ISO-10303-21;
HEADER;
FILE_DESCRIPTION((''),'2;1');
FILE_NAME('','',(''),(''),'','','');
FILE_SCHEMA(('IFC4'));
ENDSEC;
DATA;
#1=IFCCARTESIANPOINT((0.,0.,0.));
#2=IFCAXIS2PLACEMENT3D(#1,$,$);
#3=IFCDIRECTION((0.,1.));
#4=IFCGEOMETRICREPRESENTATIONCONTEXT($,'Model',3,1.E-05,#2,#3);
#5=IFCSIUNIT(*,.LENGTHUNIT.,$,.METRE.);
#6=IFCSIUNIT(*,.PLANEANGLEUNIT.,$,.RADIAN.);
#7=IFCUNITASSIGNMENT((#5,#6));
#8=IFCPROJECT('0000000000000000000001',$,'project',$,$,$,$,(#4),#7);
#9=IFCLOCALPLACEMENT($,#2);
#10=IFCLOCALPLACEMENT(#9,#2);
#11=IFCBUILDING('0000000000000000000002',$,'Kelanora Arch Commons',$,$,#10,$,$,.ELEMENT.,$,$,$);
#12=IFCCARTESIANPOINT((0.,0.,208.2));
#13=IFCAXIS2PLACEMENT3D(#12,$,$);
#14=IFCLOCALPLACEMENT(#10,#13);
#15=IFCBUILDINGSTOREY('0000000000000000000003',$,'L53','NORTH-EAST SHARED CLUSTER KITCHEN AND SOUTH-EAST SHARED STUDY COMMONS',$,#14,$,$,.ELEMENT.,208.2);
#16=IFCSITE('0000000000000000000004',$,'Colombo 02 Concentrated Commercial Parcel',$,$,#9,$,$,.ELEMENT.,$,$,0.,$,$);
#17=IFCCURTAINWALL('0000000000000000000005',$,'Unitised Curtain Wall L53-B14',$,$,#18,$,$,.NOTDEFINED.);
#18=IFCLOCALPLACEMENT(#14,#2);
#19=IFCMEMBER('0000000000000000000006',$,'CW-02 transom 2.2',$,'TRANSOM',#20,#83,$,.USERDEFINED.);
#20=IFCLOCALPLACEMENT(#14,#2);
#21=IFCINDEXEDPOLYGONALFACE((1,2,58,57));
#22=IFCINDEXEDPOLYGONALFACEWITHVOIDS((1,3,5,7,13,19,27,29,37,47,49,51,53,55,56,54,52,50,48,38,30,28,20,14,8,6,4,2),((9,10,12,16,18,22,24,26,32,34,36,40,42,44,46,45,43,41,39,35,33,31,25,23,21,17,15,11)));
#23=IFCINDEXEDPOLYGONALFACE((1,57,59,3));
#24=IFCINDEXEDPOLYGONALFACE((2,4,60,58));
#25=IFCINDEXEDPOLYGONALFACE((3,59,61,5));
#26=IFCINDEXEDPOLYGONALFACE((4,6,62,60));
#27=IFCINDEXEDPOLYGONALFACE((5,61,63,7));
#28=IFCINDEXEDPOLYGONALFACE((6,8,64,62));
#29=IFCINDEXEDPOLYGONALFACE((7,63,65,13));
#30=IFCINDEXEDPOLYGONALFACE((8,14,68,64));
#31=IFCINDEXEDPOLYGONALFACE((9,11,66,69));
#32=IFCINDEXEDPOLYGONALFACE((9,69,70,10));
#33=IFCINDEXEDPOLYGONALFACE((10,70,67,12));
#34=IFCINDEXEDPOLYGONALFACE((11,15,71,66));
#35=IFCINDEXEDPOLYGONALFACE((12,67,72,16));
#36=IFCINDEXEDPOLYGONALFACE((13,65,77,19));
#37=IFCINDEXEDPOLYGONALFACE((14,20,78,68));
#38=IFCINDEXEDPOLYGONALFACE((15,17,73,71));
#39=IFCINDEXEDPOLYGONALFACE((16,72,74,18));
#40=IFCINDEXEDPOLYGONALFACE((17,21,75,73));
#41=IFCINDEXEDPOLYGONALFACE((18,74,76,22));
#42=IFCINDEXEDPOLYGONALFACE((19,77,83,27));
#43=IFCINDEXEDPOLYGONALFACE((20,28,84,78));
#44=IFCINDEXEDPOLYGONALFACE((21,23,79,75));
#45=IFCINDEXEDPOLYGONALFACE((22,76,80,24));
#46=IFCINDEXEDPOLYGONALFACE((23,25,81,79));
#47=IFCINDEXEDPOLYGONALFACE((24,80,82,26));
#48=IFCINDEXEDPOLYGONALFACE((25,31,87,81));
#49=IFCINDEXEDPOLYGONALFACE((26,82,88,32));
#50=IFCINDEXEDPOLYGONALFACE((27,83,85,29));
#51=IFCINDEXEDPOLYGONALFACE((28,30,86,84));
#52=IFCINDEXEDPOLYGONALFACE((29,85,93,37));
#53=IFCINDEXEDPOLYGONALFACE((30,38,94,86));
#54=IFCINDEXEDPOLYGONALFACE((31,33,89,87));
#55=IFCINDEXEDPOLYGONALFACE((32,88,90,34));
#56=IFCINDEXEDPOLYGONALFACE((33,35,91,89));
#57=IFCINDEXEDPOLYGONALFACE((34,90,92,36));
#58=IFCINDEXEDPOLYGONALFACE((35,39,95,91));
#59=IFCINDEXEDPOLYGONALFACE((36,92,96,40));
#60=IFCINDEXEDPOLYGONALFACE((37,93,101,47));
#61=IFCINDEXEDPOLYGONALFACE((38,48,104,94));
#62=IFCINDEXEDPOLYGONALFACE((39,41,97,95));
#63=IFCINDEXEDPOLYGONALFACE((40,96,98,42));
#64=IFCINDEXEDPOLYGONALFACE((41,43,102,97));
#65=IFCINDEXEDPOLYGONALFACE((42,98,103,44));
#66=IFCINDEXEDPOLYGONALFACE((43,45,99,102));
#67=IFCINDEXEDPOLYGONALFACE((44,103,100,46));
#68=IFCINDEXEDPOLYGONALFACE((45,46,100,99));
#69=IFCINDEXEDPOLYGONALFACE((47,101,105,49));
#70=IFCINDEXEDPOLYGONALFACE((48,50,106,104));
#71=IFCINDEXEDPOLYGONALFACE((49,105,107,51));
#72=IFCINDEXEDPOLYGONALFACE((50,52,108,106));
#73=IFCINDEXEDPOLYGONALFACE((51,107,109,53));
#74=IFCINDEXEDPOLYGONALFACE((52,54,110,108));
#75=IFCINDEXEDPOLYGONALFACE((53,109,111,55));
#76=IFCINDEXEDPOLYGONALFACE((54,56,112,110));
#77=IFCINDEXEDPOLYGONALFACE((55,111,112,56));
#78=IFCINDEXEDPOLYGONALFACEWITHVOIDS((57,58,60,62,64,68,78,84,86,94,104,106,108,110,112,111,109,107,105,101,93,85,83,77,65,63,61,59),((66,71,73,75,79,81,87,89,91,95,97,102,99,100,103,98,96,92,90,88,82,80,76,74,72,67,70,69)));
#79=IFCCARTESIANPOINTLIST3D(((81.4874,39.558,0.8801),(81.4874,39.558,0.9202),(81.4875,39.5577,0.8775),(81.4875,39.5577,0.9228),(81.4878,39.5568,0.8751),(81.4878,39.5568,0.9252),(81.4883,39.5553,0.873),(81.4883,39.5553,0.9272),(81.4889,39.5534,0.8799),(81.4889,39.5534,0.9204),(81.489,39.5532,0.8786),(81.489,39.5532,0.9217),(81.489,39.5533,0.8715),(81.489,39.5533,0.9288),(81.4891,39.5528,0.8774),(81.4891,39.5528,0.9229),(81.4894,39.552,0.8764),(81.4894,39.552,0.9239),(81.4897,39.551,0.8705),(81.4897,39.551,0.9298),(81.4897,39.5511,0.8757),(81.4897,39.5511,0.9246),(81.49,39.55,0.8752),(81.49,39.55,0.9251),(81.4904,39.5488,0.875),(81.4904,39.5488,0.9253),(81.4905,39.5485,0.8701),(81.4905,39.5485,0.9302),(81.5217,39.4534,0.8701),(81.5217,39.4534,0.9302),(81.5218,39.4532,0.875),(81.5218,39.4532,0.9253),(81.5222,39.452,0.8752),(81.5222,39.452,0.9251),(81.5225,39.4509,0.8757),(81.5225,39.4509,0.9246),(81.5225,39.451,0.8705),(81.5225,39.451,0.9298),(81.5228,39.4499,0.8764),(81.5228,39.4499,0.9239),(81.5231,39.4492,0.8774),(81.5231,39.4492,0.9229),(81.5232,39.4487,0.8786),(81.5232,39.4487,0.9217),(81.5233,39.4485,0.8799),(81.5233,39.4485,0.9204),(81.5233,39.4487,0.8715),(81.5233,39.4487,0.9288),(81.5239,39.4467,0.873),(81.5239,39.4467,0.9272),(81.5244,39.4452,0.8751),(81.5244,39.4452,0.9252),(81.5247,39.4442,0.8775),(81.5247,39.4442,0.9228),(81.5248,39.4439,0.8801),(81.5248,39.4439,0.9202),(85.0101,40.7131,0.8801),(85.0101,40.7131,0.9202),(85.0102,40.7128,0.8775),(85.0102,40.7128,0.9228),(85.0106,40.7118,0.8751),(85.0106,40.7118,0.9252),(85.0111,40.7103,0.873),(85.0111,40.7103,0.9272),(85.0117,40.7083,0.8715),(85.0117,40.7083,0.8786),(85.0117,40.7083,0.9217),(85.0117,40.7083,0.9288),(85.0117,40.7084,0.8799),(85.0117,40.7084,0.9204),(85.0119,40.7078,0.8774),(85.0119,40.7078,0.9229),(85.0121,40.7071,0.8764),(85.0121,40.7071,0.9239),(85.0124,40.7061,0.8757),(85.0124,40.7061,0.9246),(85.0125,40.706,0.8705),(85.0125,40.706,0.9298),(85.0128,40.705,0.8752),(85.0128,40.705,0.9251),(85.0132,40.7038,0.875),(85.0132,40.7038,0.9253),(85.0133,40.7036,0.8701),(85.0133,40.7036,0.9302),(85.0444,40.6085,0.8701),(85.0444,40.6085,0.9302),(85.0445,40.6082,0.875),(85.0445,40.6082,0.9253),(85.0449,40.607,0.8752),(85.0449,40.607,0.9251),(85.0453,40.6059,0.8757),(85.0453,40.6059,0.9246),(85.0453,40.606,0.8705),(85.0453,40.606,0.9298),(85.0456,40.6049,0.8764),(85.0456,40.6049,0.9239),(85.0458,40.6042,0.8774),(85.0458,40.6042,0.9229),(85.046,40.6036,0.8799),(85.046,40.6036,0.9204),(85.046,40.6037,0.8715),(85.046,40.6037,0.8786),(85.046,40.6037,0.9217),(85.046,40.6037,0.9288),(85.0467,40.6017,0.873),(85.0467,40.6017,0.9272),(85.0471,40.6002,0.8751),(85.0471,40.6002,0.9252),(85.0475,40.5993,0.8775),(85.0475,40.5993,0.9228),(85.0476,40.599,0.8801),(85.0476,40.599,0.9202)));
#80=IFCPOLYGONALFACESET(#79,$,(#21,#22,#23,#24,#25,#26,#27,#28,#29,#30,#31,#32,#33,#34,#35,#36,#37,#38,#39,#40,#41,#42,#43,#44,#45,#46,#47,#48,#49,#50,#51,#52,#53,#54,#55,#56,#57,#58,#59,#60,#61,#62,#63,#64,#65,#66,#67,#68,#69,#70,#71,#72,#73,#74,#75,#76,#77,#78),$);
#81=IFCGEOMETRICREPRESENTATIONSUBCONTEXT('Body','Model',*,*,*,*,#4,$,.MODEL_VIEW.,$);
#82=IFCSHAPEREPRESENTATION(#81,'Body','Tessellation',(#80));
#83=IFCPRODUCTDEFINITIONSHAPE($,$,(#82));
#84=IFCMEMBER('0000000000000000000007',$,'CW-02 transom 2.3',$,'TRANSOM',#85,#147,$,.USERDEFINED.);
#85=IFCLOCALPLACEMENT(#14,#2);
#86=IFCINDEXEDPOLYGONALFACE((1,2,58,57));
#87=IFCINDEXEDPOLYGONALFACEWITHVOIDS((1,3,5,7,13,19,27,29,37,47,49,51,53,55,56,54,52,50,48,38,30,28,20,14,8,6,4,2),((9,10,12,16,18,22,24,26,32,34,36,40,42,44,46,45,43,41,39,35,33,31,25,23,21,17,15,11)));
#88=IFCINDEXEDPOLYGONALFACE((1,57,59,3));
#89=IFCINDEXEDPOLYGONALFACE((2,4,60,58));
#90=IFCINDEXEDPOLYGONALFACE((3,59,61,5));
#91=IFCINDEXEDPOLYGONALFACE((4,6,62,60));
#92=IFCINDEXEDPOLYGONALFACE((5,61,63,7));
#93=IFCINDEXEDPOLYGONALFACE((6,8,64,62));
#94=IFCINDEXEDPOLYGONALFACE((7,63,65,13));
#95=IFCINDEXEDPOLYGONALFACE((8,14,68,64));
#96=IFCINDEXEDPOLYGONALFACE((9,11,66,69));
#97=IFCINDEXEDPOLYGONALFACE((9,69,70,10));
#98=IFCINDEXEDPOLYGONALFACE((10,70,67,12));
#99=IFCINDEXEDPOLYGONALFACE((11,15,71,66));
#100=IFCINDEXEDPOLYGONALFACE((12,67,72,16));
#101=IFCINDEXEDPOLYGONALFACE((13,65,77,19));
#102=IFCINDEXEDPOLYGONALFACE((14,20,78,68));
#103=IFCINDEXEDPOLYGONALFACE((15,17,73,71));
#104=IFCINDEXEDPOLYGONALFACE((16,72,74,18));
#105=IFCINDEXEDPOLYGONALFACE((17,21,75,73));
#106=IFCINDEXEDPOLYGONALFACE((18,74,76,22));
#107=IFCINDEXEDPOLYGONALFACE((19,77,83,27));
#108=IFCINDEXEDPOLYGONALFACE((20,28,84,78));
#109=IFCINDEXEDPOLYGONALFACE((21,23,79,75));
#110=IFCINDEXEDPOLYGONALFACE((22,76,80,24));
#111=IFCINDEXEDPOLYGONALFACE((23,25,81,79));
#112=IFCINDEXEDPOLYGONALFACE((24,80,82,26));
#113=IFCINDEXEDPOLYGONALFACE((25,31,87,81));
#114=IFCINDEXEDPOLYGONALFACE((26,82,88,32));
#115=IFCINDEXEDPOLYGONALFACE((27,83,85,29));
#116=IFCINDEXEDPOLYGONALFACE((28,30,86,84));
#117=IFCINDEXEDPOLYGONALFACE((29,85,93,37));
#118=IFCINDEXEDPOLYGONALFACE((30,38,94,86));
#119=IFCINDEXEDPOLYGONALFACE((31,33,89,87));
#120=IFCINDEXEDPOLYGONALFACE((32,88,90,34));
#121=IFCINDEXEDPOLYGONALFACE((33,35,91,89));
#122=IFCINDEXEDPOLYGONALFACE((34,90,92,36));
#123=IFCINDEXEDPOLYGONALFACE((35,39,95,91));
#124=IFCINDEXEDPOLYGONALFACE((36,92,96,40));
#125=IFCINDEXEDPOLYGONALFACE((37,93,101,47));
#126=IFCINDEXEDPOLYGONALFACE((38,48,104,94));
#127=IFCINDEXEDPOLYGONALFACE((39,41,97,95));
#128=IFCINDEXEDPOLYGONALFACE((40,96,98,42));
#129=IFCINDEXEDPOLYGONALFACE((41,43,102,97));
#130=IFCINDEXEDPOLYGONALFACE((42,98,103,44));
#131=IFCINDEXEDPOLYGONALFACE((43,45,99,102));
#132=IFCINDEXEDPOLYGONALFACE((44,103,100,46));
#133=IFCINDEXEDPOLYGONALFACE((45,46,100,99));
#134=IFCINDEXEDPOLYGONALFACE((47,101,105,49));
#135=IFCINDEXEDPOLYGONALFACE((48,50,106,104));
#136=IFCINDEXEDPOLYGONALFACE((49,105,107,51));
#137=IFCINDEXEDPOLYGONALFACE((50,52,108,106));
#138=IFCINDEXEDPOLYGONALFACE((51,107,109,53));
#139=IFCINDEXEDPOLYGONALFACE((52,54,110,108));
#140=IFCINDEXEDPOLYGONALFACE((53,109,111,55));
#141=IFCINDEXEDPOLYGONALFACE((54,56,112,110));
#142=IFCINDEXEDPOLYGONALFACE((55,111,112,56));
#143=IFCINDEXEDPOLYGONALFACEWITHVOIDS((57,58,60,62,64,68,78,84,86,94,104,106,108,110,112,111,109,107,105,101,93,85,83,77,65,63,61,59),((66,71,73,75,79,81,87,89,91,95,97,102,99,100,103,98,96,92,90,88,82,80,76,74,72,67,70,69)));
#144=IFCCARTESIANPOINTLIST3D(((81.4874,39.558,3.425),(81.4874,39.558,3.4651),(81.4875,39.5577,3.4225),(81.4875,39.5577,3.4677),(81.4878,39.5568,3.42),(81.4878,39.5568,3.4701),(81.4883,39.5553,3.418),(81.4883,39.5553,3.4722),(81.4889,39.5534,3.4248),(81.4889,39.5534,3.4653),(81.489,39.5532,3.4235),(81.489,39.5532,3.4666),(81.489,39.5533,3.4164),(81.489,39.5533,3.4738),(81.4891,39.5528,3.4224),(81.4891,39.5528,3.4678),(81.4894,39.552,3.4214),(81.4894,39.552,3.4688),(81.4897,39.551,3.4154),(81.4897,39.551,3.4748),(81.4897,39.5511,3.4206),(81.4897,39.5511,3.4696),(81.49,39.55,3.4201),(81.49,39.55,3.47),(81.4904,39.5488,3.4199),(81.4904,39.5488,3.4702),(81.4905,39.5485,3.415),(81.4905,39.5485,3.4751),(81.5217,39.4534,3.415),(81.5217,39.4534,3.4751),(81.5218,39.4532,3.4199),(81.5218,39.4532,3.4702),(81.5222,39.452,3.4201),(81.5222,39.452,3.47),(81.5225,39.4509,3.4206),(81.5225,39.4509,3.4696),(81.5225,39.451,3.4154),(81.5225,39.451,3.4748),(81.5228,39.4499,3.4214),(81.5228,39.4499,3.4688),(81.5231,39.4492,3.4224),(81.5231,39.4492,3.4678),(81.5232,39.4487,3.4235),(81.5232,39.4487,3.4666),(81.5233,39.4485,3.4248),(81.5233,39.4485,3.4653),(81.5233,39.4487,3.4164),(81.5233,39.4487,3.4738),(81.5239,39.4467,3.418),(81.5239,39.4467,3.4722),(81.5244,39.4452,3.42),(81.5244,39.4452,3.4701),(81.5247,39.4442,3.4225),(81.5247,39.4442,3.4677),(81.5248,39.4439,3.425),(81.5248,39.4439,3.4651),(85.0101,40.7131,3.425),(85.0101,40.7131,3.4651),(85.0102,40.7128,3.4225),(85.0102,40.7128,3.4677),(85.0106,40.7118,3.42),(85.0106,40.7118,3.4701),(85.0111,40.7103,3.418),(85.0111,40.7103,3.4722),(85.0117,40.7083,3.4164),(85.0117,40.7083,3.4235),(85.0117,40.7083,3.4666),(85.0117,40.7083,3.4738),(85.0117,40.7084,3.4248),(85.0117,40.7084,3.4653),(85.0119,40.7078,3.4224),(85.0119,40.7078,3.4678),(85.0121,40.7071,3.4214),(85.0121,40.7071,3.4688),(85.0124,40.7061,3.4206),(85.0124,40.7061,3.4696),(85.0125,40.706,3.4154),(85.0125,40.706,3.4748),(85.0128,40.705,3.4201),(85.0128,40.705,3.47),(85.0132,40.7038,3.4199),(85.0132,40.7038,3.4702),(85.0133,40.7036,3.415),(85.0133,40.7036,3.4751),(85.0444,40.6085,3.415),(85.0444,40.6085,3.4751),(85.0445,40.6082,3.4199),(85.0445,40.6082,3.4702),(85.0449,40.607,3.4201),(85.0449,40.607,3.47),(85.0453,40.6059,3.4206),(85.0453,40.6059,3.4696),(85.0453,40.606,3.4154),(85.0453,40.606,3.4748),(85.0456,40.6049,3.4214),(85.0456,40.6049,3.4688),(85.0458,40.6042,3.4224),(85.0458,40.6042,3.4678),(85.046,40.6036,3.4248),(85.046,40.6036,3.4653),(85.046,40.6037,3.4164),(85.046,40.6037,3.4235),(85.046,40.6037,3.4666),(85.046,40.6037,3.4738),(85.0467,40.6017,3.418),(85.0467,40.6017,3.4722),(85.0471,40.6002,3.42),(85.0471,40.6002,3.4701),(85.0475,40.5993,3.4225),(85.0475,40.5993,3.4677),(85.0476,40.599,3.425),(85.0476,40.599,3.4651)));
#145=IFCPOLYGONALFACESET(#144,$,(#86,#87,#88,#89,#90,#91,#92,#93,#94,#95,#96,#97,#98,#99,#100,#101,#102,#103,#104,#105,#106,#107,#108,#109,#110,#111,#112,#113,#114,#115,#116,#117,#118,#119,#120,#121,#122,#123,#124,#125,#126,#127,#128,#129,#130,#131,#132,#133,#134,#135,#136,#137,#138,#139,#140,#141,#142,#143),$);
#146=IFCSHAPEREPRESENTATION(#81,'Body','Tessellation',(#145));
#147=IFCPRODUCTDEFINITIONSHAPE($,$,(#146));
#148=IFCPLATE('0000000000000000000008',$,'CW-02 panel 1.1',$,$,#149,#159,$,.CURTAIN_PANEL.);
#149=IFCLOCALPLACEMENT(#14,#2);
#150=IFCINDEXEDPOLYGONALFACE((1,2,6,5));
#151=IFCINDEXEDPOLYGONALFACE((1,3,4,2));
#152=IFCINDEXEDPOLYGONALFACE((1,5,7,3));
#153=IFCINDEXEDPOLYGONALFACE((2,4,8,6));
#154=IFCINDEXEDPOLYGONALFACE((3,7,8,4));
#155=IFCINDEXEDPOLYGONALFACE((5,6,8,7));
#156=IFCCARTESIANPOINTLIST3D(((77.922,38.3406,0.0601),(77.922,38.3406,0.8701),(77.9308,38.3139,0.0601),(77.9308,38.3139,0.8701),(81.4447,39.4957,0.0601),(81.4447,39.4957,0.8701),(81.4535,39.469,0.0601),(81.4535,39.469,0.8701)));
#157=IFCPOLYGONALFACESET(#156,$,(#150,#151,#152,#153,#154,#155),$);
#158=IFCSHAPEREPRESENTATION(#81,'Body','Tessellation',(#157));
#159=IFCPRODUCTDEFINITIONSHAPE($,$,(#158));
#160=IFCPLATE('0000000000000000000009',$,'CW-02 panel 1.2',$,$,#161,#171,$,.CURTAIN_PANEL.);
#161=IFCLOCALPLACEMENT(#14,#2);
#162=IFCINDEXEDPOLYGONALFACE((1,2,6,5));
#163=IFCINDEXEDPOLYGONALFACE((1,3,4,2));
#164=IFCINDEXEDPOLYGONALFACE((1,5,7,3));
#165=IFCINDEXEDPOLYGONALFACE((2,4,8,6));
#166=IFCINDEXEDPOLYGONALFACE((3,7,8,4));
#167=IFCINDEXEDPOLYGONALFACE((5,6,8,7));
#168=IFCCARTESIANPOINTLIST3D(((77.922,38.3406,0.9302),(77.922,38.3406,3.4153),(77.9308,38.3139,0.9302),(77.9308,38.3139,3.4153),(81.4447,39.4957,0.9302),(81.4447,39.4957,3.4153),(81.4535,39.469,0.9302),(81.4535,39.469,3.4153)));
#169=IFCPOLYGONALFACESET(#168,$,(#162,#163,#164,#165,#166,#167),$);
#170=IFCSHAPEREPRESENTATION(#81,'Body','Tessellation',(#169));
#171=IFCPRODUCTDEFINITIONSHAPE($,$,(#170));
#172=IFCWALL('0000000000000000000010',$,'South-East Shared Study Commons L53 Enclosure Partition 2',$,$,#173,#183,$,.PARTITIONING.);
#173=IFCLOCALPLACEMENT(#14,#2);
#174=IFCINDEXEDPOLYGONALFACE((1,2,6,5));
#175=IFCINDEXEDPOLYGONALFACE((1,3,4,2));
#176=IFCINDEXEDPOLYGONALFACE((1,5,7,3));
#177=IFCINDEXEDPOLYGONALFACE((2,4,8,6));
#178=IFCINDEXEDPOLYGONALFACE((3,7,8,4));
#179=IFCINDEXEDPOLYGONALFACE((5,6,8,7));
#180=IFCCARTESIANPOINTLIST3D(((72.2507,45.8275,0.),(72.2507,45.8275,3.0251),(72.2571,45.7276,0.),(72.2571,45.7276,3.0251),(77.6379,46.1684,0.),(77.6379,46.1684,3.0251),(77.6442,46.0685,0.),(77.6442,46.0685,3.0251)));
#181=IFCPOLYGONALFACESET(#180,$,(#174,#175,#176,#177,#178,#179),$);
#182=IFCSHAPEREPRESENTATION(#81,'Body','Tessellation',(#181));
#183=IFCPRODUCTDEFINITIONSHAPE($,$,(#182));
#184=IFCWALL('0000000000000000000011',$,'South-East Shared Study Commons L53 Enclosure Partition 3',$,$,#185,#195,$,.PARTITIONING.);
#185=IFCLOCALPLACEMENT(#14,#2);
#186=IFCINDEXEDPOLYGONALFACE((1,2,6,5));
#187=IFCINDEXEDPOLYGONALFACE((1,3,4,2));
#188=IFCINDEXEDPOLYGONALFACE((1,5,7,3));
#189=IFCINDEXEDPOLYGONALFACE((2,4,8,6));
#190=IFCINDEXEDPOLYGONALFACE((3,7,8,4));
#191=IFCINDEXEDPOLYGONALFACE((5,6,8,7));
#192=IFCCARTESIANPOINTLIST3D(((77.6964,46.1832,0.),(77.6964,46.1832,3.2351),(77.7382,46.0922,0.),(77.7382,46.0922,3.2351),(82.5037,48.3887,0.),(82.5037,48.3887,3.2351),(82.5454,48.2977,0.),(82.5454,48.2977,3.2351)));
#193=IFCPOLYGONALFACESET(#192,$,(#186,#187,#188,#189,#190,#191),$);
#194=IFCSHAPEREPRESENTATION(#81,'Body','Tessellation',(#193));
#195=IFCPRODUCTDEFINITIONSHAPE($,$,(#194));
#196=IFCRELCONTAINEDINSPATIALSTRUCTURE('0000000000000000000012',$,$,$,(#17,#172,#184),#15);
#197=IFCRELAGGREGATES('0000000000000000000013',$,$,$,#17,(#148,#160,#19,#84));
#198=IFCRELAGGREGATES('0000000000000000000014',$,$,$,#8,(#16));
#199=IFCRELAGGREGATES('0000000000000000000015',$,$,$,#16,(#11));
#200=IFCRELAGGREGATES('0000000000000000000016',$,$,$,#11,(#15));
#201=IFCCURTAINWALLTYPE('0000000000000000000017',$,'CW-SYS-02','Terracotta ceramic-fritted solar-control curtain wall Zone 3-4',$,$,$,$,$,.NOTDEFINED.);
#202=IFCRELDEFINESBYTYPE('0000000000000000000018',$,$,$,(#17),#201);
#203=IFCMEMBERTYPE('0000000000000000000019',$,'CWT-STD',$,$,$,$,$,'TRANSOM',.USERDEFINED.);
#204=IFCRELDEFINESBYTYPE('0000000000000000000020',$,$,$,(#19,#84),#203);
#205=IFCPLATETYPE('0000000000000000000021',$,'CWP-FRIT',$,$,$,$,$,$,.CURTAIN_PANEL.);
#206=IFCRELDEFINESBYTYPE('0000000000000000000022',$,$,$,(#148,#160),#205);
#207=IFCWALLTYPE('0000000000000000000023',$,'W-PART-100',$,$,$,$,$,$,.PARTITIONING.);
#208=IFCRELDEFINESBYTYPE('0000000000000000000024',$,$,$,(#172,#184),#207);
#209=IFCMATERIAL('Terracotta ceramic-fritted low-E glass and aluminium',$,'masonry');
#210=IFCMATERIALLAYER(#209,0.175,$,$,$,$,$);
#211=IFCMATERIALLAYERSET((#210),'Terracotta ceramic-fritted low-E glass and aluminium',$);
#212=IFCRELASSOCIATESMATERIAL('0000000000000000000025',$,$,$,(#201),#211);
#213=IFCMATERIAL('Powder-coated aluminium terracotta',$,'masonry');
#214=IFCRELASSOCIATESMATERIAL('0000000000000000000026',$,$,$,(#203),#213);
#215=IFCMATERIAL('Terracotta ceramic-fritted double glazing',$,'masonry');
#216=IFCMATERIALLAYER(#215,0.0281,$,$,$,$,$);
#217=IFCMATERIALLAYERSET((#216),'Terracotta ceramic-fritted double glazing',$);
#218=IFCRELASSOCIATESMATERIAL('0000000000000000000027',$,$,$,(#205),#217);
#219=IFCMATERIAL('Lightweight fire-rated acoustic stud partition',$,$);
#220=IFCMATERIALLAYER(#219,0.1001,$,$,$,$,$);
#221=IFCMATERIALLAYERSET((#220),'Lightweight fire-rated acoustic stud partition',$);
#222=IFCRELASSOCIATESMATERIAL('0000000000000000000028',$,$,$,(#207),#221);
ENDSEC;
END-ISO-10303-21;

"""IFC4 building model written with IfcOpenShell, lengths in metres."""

from ifc_helpers import new_model, si_unit, direction, frame, frame_2d, origin, origin_2d, place, context, subcontext, project, spatial, rectangle, hollow_rectangle, extrude, source, transform, mapped, material, layer, layer_set, material_profile, profile_set, type_object, element, aggregate, save


model = new_model("IFC4")

# Units and contexts
model_context = context("Model", 3, precision=1e-05, world=origin(), true_north=direction((0.0, 1.0)))
body_context = subcontext(model_context, "Body", "Model", "MODEL_VIEW")
ifc_project = project(units=[si_unit("LENGTHUNIT", "METRE"), si_unit("PLANEANGLEUNIT", "RADIAN")], contexts=[model_context])

# Site, building, storey
site_placement = place(None, origin())
site = spatial("IfcSite", under=ifc_project, at=site_placement, Name="Colombo 02 Concentrated Commercial Parcel", CompositionType="ELEMENT", RefElevation=0.0)
building_placement = place(site_placement, origin())
building = spatial("IfcBuilding", under=site, at=building_placement, Name="Kelanora Arch Commons", CompositionType="ELEMENT")
storey_placement = place(building_placement, frame((0.0, 0.0, 208.2)))
storey = spatial("IfcBuildingStorey", under=building, at=storey_placement, Name="L53", Description="NORTH-EAST SHARED CLUSTER KITCHEN AND SOUTH-EAST SHARED STUDY COMMONS", CompositionType="ELEMENT", Elevation=208.2)

# Curtain wall, members, plates
ifc_material_1 = material(Name="Terracotta ceramic-fritted low-E glass and aluminium", Category="masonry")
ifc_layer_1 = layer(ifc_material_1, 0.175)
ifc_layer_set_1 = layer_set([ifc_layer_1], Name="Terracotta ceramic-fritted low-E glass and aluminium")
curtain_wall_type = type_object("IfcCurtainWallType", Name="CW-SYS-02", Description="Terracotta ceramic-fritted solar-control curtain wall Zone 3-4", PredefinedType="NOTDEFINED", material=ifc_layer_set_1)
curtain_wall_placement = place(storey_placement, origin())
curtain_wall = element("IfcCurtainWall", 1, at=curtain_wall_placement, inside=storey, type_object=curtain_wall_type, Name="Unitised Curtain Wall L53-B14", PredefinedType="NOTDEFINED")
ifc_material_2 = material(Name="Powder-coated aluminium terracotta", Category="masonry")
ifc_material_profile_1 = material_profile(ifc_material_2, hollow_rectangle(XDim=0.1201, YDim=0.0601, WallThickness=0.0049, InnerFilletRadius=0.0049, OuterFilletRadius=0.01, at=origin_2d()), Name="CWT120x60")
ifc_profile_set_1 = profile_set([ifc_material_profile_1], Name="Powder-coated aluminium terracotta")
member_type_1 = type_object("IfcMemberType", Name="CWT-STD", ElementType="TRANSOM", PredefinedType="USERDEFINED", material=ifc_profile_set_1)
member_1_placement = place(storey_placement, frame((81.5061, 39.501, 0.9001), z_axis=(0.950226, 0.311561, 0.0), x_axis=(-0.311561, 0.950226, 0.0)))
member_1 = element("IfcMember", 2, at=member_1_placement, type_object=member_type_1, Name="CW-02 transom 2.2", ObjectType="TRANSOM", PredefinedType="USERDEFINED", context=body_context, shape_type="SweptSolid", body=[
    extrude(hollow_rectangle(XDim=0.1201, YDim=0.0601, WallThickness=0.0049, InnerFilletRadius=0.0049, OuterFilletRadius=0.01, at=origin_2d()), origin(), (0.0, 0.0, 1.0), 3.7073),
])
member_2_placement = place(storey_placement, frame((81.5061, 39.501, 3.4451), z_axis=(0.950226, 0.311561, 0.0), x_axis=(-0.311561, 0.950226, 0.0)))
member_2 = element("IfcMember", 3, at=member_2_placement, type_object=member_type_1, Name="CW-02 transom 2.3", ObjectType="TRANSOM", PredefinedType="USERDEFINED", context=body_context, shape_type="SweptSolid", body=[
    extrude(hollow_rectangle(XDim=0.1201, YDim=0.0601, WallThickness=0.0049, InnerFilletRadius=0.0049, OuterFilletRadius=0.01, at=origin_2d()), origin(), (0.0, 0.0, 1.0), 3.7073),
])
ifc_material_3 = material(Name="Terracotta ceramic-fritted double glazing", Category="masonry")
ifc_layer_2 = layer(ifc_material_3, 0.0281)
ifc_layer_set_2 = layer_set([ifc_layer_2], Name="Terracotta ceramic-fritted double glazing")
plate_type = type_object("IfcPlateType", Name="CWP-FRIT", PredefinedType="CURTAIN_PANEL", material=ifc_layer_set_2)
shared_shape_1 = source(origin(), body_context, "Body", "SweptSolid", [
    extrude(rectangle(XDim=3.7073, YDim=0.0281, at=origin_2d()), origin(), (0.0, 0.0, 1.0), 0.8101),
])
plate_1_placement = place(storey_placement, frame((79.6877, 38.9048, 0.0601), z_axis=(0.0, 0.0, 1.0), x_axis=(0.950219, 0.311582, 0.0)))
plate_1 = element("IfcPlate", 4, at=plate_1_placement, type_object=plate_type, Name="CW-02 panel 1.1", PredefinedType="CURTAIN_PANEL", context=body_context, shape_type="MappedRepresentation", body=[
    mapped(shared_shape_1, transform((0.0, 0.0, 0.0), scale=1.0)),
])
shared_shape_2 = source(origin(), body_context, "Body", "SweptSolid", [
    extrude(rectangle(XDim=3.7073, YDim=0.0281, at=origin_2d()), origin(), (0.0, 0.0, 1.0), 2.4851),
])
plate_2_placement = place(storey_placement, frame((79.6877, 38.9048, 0.9302), z_axis=(0.0, 0.0, 1.0), x_axis=(0.950219, 0.311582, 0.0)))
plate_2 = element("IfcPlate", 5, at=plate_2_placement, type_object=plate_type, Name="CW-02 panel 1.2", PredefinedType="CURTAIN_PANEL", context=body_context, shape_type="MappedRepresentation", body=[
    mapped(shared_shape_2, transform((0.0, 0.0, 0.0), scale=1.0)),
])
aggregate(curtain_wall, [plate_1, plate_2, member_1, member_2])

# Walls
ifc_material_4 = material(Name="Lightweight fire-rated acoustic stud partition")
ifc_layer_3 = layer(ifc_material_4, 0.1001)
ifc_layer_set_3 = layer_set([ifc_layer_3], Name="Lightweight fire-rated acoustic stud partition")
wall_type = type_object("IfcWallType", Name="W-PART-100", PredefinedType="PARTITIONING", material=ifc_layer_set_3)
wall_1_placement = place(storey_placement, frame((72.2539, 45.7776, 0.0), z_axis=(0.0, 0.0, 1.0), x_axis=(0.998005, 0.063139, 0.0)))
element("IfcWall", 6, at=wall_1_placement, inside=storey, type_object=wall_type, Name="South-East Shared Study Commons L53 Enclosure Partition 2", PredefinedType="PARTITIONING", context=body_context, shape_type="SweptSolid", body=[
    extrude(rectangle(XDim=5.3979, YDim=0.1001, at=frame_2d((2.699, 0.0))), origin(), (0.0, 0.0, 1.0), 3.0251),
])
wall_2_placement = place(storey_placement, frame((77.7173, 46.1377, 0.0), z_axis=(0.0, 0.0, 1.0), x_axis=(0.908908, 0.416996, 0.0)))
element("IfcWall", 7, at=wall_2_placement, inside=storey, type_object=wall_type, Name="South-East Shared Study Commons L53 Enclosure Partition 3", PredefinedType="PARTITIONING", context=body_context, shape_type="SweptSolid", body=[
    extrude(rectangle(XDim=5.2891, YDim=0.1001, at=frame_2d((2.6445, 0.0))), origin(), (0.0, 0.0, 1.0), 3.2351),
])

save(model, "model.ifc")
